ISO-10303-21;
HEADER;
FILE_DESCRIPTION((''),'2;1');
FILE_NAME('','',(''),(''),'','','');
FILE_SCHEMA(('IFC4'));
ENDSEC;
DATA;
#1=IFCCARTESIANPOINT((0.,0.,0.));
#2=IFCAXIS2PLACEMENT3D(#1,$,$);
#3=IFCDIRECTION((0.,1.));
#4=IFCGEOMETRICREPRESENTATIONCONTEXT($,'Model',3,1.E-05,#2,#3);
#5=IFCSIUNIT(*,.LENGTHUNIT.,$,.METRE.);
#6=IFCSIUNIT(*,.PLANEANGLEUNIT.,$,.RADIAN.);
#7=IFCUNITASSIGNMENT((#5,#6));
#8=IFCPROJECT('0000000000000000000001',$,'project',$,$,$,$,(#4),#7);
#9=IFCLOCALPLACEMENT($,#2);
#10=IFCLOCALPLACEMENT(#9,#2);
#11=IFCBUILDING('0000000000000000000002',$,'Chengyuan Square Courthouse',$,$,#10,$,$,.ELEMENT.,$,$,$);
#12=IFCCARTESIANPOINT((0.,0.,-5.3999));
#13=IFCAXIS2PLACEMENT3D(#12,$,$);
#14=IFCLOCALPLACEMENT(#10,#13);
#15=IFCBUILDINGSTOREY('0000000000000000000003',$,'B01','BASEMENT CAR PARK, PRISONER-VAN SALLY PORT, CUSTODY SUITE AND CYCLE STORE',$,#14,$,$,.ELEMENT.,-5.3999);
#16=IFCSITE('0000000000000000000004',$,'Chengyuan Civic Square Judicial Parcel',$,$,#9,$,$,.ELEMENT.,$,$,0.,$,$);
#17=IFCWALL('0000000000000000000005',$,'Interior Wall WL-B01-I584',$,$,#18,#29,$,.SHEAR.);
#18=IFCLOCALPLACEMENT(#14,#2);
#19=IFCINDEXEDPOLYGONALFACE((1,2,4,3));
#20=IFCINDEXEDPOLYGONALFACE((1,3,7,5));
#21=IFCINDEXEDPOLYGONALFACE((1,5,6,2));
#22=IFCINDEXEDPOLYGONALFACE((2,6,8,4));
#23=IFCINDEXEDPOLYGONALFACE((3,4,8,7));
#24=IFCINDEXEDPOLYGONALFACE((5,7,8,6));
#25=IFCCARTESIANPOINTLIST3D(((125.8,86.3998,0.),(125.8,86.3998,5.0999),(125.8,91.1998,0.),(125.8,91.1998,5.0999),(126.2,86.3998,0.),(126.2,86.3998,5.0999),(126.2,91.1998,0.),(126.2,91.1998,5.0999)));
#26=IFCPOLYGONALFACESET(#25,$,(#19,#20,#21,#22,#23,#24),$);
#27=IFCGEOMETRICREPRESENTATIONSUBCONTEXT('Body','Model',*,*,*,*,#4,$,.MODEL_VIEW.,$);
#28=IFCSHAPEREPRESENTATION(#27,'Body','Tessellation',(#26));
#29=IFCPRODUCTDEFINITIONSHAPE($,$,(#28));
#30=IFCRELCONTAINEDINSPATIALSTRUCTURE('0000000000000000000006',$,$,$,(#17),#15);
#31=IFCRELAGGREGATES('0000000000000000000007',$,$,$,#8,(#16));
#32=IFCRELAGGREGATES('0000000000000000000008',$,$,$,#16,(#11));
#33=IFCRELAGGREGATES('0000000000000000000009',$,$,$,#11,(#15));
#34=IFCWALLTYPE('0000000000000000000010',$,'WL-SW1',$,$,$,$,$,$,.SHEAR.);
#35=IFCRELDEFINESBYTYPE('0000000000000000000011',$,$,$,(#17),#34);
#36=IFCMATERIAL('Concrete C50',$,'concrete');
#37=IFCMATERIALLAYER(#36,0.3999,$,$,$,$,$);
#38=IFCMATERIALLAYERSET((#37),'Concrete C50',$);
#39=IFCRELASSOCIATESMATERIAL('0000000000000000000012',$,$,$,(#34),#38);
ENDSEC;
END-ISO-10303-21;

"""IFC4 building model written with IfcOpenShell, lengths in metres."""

from ifc_helpers import new_model, si_unit, direction, frame, frame_2d, origin, place, context, subcontext, project, spatial, rectangle, extrude, material, layer, layer_set, type_object, element, save


model = new_model("IFC4")

# Units and contexts
model_context = context("Model", 3, precision=1e-05, world=origin(), true_north=direction((0.0, 1.0)))
body_context = subcontext(model_context, "Body", "Model", "MODEL_VIEW")
ifc_project = project(units=[si_unit("LENGTHUNIT", "METRE"), si_unit("PLANEANGLEUNIT", "RADIAN")], contexts=[model_context])

# Site, building, storey
site_placement = place(None, origin())
site = spatial("IfcSite", under=ifc_project, at=site_placement, Name="Chengyuan Civic Square Judicial Parcel", CompositionType="ELEMENT", RefElevation=0.0)
building_placement = place(site_placement, origin())
building = spatial("IfcBuilding", under=site, at=building_placement, Name="Chengyuan Square Courthouse", CompositionType="ELEMENT")
storey_placement = place(building_placement, frame((0.0, 0.0, -5.3999)))
storey = spatial("IfcBuildingStorey", under=building, at=storey_placement, Name="B01", Description="BASEMENT CAR PARK, PRISONER-VAN SALLY PORT, CUSTODY SUITE AND CYCLE STORE", CompositionType="ELEMENT", Elevation=-5.3999)

# Shared definitions
ifc_material_1 = material(Name="Concrete C50", Category="concrete")

# Wall
ifc_layer_1 = layer(ifc_material_1, 0.3999)
ifc_layer_set_1 = layer_set([ifc_layer_1], Name="Concrete C50")
wall_type_1 = type_object("IfcWallType", Name="WL-SW1", PredefinedType="SHEAR", material=ifc_layer_set_1)
wall_1_placement = place(storey_placement, frame((126.0, 86.3999, 0.0), z_axis=(0.0, 0.0, 1.0), x_axis=(0.0, 1.0, 0.0)))
element("IfcWall", 1, at=wall_1_placement, inside=storey, type_object=wall_type_1, Name="Interior Wall WL-B01-I584", PredefinedType="SHEAR", context=body_context, shape_type="SweptSolid", body=[
    extrude(rectangle(XDim=4.8, YDim=0.3999, at=frame_2d((2.3999, 0.0))), origin(), (0.0, 0.0, 1.0), 5.0999),
])

save(model, "model.ifc")
